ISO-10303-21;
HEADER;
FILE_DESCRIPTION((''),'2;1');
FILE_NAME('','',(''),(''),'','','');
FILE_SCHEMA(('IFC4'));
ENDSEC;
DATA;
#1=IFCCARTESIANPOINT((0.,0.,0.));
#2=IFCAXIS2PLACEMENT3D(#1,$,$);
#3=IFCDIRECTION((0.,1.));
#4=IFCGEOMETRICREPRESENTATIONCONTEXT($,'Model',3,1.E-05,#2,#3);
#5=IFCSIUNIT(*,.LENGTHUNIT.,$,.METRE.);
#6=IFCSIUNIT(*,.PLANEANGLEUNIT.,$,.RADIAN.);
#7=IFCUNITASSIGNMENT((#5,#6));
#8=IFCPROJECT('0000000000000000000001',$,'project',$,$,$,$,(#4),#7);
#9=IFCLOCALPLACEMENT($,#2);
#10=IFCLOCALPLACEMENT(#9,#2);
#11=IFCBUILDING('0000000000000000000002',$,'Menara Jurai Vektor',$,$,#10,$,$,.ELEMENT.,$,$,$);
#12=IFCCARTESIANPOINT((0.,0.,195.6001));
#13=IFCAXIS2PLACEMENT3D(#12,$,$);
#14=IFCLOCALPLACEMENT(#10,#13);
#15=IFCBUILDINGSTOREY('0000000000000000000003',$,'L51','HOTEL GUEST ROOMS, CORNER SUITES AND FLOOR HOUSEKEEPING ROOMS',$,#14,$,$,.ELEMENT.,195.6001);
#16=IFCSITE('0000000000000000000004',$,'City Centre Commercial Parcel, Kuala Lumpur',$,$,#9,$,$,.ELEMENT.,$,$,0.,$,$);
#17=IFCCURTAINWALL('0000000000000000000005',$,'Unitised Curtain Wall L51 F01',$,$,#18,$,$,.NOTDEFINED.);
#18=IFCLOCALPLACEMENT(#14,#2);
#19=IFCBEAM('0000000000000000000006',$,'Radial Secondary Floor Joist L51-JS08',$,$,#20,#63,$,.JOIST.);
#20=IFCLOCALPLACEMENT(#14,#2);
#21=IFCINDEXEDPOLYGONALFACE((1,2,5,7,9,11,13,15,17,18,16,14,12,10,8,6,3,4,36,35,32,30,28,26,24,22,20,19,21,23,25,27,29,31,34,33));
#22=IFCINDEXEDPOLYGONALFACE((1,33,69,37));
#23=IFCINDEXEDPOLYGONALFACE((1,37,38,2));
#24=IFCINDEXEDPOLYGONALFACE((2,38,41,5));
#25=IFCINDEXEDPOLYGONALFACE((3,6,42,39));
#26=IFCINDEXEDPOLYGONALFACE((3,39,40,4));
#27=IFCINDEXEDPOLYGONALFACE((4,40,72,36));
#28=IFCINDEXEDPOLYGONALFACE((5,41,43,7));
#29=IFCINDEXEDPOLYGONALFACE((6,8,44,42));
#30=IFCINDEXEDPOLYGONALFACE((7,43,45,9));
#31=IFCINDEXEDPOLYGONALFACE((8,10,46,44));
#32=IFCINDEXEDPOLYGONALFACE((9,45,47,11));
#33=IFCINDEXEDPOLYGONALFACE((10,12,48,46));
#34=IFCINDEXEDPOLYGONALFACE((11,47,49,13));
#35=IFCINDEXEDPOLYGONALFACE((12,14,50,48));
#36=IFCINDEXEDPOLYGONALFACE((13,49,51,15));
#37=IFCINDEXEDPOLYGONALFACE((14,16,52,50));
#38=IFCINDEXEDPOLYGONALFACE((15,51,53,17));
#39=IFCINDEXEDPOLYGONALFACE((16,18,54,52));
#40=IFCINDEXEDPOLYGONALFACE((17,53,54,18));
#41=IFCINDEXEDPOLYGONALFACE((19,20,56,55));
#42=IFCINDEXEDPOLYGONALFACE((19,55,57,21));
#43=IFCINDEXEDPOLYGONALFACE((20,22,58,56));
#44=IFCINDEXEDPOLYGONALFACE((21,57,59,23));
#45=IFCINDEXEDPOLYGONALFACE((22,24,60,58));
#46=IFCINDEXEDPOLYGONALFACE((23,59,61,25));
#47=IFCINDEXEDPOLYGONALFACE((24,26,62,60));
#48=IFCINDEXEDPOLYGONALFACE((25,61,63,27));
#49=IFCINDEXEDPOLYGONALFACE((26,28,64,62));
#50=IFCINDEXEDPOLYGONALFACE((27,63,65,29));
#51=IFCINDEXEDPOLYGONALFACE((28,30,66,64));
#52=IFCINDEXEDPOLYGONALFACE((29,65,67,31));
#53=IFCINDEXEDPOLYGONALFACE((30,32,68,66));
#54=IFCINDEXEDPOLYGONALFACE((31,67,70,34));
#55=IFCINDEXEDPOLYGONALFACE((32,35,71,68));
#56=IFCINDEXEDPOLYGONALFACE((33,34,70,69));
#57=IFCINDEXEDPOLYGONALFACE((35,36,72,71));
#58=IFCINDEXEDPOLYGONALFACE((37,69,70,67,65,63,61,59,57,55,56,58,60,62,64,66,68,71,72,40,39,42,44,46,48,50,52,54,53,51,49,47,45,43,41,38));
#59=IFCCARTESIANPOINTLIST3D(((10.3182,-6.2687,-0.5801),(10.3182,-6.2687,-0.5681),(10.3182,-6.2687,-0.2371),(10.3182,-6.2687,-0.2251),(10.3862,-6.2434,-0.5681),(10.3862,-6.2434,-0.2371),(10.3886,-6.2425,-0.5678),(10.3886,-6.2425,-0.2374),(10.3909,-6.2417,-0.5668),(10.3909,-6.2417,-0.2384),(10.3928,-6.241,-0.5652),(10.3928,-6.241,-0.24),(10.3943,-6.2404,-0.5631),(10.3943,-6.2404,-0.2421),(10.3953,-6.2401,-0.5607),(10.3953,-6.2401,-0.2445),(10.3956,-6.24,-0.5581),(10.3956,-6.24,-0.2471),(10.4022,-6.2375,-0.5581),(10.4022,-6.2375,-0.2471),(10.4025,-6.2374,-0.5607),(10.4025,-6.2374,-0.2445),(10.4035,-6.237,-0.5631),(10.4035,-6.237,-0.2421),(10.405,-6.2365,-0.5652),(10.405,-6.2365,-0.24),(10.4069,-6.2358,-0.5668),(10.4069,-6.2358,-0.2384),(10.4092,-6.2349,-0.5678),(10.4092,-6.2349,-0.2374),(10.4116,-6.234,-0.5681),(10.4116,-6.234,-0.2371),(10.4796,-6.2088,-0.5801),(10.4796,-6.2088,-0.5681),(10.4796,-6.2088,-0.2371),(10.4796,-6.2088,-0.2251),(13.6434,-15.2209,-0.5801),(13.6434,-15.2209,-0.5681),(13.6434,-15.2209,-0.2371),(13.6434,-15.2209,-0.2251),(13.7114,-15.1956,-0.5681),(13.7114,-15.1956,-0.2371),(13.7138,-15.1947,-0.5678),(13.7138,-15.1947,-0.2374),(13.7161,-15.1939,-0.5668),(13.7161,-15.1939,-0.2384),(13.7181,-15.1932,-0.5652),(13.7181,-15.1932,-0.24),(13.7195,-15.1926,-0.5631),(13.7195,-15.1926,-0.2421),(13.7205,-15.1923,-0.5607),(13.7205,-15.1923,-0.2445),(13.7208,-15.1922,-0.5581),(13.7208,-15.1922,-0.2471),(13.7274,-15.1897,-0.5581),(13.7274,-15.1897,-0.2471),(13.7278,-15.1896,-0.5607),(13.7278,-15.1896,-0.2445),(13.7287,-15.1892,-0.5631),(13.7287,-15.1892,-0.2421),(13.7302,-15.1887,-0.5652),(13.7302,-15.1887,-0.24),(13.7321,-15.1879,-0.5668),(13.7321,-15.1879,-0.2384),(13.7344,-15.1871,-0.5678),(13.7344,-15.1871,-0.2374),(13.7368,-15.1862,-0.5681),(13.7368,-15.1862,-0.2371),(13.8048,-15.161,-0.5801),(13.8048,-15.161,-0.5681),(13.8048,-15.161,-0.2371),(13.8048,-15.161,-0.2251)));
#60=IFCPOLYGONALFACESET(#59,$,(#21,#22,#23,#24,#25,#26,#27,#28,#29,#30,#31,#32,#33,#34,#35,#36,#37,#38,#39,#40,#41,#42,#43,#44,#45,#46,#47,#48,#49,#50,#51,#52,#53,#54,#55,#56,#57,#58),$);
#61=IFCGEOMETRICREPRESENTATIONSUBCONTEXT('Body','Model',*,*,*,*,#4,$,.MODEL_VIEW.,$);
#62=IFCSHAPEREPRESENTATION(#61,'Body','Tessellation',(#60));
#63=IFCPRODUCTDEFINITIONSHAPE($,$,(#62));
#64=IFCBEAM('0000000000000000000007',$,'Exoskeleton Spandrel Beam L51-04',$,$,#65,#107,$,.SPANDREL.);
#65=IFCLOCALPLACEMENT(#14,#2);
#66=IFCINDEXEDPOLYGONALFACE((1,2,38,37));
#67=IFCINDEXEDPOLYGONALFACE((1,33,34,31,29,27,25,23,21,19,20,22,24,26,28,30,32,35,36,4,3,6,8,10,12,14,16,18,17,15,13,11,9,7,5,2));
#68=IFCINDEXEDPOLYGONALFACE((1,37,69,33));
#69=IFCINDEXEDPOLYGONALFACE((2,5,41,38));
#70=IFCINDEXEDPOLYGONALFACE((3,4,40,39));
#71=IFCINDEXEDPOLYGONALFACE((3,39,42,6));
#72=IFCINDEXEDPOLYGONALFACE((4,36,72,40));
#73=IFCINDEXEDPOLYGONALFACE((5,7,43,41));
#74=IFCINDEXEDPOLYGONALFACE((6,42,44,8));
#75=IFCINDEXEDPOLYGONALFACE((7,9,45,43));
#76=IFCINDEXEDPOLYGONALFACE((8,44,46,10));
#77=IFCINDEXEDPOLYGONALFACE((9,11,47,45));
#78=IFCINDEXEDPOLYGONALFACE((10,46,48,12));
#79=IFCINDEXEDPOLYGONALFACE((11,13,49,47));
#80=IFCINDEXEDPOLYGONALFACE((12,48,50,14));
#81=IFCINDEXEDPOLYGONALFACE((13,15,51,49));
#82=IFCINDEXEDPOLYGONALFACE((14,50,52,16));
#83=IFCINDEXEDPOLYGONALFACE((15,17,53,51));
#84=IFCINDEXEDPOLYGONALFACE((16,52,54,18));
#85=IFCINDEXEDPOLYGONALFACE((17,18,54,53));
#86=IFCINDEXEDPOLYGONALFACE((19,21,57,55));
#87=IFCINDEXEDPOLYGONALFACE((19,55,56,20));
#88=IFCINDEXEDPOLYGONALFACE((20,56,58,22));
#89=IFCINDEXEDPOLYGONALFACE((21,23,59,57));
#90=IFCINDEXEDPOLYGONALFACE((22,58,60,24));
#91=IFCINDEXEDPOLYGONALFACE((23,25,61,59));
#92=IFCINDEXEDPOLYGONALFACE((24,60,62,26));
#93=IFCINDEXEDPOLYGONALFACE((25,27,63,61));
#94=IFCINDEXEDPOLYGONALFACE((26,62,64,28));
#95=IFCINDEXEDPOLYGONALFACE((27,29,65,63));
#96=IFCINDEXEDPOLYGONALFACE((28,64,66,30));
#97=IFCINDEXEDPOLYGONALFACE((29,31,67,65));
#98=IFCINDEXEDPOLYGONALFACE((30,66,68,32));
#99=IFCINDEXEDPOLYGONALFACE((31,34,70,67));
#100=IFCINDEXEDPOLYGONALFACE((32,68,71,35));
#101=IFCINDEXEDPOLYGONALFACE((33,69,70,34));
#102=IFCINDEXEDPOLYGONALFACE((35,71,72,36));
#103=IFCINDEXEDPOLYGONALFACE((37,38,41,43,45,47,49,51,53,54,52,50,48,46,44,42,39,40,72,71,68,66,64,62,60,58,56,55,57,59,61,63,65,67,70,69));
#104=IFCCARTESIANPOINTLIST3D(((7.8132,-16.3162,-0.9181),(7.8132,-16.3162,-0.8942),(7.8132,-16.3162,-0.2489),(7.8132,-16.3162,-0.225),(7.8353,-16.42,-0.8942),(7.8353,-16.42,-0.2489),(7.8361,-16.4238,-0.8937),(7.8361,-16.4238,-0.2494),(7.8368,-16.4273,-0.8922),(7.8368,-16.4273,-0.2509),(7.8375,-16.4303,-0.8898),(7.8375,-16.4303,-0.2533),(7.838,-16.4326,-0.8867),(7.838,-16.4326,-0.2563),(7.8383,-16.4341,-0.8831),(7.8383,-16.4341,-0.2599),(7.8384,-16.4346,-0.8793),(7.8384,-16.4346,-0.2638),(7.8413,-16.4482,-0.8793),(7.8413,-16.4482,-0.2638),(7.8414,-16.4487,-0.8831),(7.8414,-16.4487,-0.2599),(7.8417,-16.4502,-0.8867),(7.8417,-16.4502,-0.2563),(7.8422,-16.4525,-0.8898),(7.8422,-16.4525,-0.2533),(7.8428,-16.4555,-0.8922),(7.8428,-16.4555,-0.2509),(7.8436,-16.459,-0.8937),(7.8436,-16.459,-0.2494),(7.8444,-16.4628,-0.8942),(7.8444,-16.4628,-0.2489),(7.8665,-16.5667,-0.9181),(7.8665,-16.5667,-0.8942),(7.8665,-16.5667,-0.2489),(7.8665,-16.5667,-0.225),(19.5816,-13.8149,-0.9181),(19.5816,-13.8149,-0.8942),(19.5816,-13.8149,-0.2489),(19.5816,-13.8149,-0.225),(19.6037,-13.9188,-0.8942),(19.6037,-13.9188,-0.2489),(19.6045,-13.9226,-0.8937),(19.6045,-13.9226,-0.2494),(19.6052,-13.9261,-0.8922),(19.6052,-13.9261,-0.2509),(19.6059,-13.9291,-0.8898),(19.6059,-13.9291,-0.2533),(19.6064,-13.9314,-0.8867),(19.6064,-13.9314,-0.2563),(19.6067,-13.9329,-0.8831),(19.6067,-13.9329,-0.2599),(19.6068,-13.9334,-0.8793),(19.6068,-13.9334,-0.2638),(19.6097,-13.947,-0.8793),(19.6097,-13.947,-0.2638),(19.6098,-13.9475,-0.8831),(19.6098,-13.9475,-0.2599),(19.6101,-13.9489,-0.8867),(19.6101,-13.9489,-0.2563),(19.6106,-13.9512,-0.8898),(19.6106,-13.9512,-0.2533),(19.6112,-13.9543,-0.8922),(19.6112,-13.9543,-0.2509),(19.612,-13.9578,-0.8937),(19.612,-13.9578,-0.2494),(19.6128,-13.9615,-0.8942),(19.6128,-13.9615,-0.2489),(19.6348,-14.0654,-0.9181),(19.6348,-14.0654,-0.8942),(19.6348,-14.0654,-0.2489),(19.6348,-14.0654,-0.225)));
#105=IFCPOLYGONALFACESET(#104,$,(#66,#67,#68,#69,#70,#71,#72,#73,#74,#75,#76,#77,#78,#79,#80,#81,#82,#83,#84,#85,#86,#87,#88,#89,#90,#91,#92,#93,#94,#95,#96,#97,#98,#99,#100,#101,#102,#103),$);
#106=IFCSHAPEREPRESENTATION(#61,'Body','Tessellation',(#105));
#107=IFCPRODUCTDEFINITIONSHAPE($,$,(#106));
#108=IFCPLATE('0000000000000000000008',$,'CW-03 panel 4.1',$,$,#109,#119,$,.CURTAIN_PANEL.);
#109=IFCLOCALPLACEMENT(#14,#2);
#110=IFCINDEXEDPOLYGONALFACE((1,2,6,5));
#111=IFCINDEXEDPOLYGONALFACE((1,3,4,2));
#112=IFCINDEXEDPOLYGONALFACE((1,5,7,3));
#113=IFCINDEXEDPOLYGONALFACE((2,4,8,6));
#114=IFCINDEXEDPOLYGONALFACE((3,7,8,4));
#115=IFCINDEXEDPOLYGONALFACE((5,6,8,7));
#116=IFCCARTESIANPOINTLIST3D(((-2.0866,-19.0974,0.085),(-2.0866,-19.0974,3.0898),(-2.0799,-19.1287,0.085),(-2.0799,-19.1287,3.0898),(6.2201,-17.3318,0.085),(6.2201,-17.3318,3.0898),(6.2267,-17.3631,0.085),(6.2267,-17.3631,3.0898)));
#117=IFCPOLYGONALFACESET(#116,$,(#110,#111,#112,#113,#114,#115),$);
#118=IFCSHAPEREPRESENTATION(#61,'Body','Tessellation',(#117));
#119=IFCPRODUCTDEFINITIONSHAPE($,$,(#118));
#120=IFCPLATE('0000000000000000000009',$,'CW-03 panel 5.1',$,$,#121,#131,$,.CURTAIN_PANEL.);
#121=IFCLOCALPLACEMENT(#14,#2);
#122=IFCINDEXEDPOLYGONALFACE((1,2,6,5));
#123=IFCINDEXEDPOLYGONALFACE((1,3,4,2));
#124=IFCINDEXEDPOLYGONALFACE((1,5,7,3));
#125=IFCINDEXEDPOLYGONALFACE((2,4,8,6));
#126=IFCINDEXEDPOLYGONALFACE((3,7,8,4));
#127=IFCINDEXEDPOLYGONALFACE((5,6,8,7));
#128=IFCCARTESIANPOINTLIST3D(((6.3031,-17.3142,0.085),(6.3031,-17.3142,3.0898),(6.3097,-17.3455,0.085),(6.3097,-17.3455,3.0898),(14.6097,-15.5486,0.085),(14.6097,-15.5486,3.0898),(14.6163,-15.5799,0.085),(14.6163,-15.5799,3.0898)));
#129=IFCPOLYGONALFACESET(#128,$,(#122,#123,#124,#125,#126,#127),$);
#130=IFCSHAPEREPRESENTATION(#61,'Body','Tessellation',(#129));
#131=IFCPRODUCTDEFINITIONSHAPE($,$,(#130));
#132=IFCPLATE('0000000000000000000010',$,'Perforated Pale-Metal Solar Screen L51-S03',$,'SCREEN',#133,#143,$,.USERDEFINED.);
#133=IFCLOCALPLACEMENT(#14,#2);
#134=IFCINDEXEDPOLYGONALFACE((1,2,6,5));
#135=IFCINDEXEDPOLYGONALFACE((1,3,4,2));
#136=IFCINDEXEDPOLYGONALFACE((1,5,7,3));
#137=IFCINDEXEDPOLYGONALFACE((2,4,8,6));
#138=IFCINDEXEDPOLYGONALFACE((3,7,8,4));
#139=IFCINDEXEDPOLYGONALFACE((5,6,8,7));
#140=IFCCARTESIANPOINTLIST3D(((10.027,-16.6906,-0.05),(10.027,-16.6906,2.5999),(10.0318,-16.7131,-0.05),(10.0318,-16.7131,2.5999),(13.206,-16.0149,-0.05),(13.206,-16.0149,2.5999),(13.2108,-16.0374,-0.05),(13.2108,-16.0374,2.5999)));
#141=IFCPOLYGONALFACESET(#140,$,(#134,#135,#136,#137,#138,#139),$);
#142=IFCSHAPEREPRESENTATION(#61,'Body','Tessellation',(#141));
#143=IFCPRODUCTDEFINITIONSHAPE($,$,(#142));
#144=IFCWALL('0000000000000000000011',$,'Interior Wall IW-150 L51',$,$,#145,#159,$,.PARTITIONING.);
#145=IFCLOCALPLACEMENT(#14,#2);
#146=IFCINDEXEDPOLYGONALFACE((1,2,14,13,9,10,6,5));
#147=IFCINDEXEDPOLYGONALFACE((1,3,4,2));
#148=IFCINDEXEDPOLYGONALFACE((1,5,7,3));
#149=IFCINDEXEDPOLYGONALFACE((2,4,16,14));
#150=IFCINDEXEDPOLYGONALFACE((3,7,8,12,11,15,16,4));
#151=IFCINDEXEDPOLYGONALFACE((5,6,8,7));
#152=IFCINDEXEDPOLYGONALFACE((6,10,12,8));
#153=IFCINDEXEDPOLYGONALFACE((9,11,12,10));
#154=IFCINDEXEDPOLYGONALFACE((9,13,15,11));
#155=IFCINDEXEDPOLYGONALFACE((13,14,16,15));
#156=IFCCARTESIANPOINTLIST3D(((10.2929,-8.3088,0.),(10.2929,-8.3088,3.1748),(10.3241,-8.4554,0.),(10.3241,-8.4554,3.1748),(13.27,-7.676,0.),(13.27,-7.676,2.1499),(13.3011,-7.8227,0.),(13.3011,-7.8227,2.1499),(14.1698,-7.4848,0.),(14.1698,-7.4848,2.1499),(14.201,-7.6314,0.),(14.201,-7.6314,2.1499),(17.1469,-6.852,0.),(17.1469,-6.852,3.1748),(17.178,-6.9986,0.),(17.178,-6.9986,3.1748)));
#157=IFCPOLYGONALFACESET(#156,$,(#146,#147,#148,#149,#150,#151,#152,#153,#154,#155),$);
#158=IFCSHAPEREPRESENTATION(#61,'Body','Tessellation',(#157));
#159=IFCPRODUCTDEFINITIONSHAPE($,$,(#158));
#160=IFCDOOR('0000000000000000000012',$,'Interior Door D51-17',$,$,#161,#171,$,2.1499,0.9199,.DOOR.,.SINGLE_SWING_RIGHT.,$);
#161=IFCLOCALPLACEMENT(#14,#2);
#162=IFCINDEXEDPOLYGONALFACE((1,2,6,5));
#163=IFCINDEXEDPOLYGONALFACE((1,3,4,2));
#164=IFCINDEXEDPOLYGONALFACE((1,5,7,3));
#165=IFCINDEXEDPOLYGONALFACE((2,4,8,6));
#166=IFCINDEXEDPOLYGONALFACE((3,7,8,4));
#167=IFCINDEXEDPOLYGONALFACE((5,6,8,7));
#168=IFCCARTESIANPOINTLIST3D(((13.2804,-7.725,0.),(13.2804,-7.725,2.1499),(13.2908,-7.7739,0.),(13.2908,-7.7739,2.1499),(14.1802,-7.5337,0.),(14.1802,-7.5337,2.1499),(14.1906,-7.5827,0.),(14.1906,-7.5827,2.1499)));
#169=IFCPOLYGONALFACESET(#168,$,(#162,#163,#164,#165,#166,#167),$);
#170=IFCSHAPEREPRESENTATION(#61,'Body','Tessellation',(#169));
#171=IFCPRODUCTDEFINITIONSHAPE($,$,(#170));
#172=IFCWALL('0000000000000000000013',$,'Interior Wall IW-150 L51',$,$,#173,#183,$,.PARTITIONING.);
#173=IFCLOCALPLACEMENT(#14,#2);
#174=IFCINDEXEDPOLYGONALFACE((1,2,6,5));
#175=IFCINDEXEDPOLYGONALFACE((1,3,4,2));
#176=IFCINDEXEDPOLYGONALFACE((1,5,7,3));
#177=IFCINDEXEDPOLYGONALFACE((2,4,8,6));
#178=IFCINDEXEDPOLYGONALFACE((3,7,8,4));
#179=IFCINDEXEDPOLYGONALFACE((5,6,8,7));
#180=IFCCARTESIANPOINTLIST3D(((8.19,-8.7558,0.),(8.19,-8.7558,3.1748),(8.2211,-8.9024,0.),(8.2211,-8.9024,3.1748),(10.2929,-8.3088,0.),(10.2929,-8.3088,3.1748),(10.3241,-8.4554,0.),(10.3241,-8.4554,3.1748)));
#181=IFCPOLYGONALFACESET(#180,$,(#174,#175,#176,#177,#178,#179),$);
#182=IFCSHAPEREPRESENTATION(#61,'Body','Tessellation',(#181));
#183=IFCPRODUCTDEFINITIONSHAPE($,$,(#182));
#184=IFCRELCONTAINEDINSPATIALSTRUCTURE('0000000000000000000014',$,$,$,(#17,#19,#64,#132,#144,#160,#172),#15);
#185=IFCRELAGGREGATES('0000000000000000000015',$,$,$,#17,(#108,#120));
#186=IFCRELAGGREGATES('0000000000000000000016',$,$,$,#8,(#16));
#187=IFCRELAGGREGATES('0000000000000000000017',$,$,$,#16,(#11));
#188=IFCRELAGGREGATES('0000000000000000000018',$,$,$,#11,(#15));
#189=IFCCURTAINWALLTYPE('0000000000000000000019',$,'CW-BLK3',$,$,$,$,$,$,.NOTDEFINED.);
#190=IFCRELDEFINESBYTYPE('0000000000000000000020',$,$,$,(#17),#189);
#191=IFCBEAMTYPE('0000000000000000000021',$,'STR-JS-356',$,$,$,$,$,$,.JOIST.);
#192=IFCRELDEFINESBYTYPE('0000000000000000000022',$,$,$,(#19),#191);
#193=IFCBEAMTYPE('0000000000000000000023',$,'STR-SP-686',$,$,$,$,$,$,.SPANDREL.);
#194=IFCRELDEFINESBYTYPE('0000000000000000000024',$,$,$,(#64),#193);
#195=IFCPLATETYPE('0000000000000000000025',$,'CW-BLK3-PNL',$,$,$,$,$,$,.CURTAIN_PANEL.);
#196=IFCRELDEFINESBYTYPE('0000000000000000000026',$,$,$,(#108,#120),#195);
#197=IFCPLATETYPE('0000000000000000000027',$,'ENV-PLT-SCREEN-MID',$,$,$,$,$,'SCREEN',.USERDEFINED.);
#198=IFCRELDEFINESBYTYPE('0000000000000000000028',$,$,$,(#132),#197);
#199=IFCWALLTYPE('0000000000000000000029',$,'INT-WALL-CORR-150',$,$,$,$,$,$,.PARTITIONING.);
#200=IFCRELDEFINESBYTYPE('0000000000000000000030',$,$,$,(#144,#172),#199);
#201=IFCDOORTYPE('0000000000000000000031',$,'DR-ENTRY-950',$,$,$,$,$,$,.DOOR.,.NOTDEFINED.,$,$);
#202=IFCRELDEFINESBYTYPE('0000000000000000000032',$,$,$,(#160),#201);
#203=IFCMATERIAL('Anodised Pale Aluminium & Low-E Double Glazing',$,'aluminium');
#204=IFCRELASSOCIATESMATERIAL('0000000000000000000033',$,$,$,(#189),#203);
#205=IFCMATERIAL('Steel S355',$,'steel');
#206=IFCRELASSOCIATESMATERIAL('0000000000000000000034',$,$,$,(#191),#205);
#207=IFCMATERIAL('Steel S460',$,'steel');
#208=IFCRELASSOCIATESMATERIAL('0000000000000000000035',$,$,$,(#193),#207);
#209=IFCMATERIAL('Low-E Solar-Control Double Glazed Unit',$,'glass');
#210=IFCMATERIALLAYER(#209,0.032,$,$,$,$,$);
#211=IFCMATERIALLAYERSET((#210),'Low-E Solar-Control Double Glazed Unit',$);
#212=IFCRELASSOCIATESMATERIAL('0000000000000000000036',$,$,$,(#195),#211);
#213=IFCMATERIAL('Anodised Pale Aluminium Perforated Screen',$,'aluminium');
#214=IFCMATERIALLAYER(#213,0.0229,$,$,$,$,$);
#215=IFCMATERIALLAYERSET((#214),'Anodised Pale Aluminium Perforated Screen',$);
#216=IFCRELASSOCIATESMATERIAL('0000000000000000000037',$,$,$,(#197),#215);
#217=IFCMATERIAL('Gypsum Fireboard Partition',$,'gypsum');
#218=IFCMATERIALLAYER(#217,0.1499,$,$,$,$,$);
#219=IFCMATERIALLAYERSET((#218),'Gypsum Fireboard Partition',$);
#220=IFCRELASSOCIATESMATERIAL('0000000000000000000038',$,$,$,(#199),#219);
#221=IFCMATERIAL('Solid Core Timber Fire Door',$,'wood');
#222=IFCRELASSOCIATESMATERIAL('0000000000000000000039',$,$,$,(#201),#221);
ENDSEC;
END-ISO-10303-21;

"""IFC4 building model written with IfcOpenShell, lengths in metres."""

from ifc_helpers import new_model, si_unit, direction, frame, frame_2d, origin, origin_2d, place, context, subcontext, project, spatial, rectangle, i_section, extrude, material, layer, layer_set, material_profile, profile_set, type_object, element, fill, aggregate, save


model = new_model("IFC4")

# Units and contexts
model_context = context("Model", 3, precision=1e-05, world=origin(), true_north=direction((0.0, 1.0)))
body_context = subcontext(model_context, "Body", "Model", "MODEL_VIEW")
ifc_project = project(units=[si_unit("LENGTHUNIT", "METRE"), si_unit("PLANEANGLEUNIT", "RADIAN")], contexts=[model_context])

# Site, building, storey
site_placement = place(None, origin())
site = spatial("IfcSite", under=ifc_project, at=site_placement, Name="City Centre Commercial Parcel, Kuala Lumpur", CompositionType="ELEMENT", RefElevation=0.0)
building_placement = place(site_placement, origin())
building = spatial("IfcBuilding", under=site, at=building_placement, Name="Menara Jurai Vektor", CompositionType="ELEMENT")
storey_placement = place(building_placement, frame((0.0, 0.0, 195.6001)))
storey = spatial("IfcBuildingStorey", under=building, at=storey_placement, Name="L51", Description="HOTEL GUEST ROOMS, CORNER SUITES AND FLOOR HOUSEKEEPING ROOMS", CompositionType="ELEMENT", Elevation=195.6001)

# Shared definitions
ifc_material_1 = material(Name="Steel S460", Category="steel")

# Curtain wall
ifc_material_2 = material(Name="Anodised Pale Aluminium & Low-E Double Glazing", Category="aluminium")
curtain_wall_type = type_object("IfcCurtainWallType", Name="CW-BLK3", PredefinedType="NOTDEFINED", material=ifc_material_2)
curtain_wall_placement = place(storey_placement, origin())
curtain_wall = element("IfcCurtainWall", 1, at=curtain_wall_placement, inside=storey, type_object=curtain_wall_type, Name="Unitised Curtain Wall L51 F01", PredefinedType="NOTDEFINED")

# Beams
ifc_material_3 = material(Name="Steel S355", Category="steel")
ifc_material_profile_1 = material_profile(ifc_material_3, i_section(OverallWidth=0.1721, OverallDepth=0.355, WebThickness=0.0071, FlangeThickness=0.012, FilletRadius=0.01, at=origin_2d()), Name="UKB 356x171x51")
ifc_profile_set_1 = profile_set([ifc_material_profile_1], Name="Steel S355")
beam_type_1 = type_object("IfcBeamType", Name="STR-JS-356", PredefinedType="JOIST", material=ifc_profile_set_1)
beam_1_placement = place(storey_placement, frame((13.7241, -15.1909, -0.4026), z_axis=(-0.348197, 0.937421, 0.0), x_axis=(-0.937421, -0.348197, 0.0)))
element("IfcBeam", 2, at=beam_1_placement, inside=storey, type_object=beam_type_1, Name="Radial Secondary Floor Joist L51-JS08", PredefinedType="JOIST", context=body_context, shape_type="SweptSolid", body=[
    extrude(i_section(OverallWidth=0.1721, OverallDepth=0.355, WebThickness=0.0071, FlangeThickness=0.012, FilletRadius=0.01, at=origin_2d()), origin(), (0.0, 0.0, 1.0), 9.5498),
])
ifc_material_profile_2 = material_profile(ifc_material_1, i_section(OverallWidth=0.2561, OverallDepth=0.6931, WebThickness=0.0139, FlangeThickness=0.0239, FilletRadius=0.0149, at=origin_2d()), Name="UKB 686x254x170")
ifc_profile_set_2 = profile_set([ifc_material_profile_2], Name="Steel S460")
beam_type_2 = type_object("IfcBeamType", Name="STR-SP-686", PredefinedType="SPANDREL", material=ifc_profile_set_2)
beam_2_placement = place(storey_placement, frame((7.8398, -16.4414, -0.5715), z_axis=(0.978151, 0.207895, 0.0), x_axis=(-0.207895, 0.978151, 0.0)))
element("IfcBeam", 3, at=beam_2_placement, inside=storey, type_object=beam_type_2, Name="Exoskeleton Spandrel Beam L51-04", PredefinedType="SPANDREL", context=body_context, shape_type="SweptSolid", body=[
    extrude(i_section(OverallWidth=0.2561, OverallDepth=0.6931, WebThickness=0.0139, FlangeThickness=0.0239, FilletRadius=0.0149, at=origin_2d()), origin(), (0.0, 0.0, 1.0), 12.0312),
])

# Plates
ifc_material_4 = material(Name="Low-E Solar-Control Double Glazed Unit", Category="glass")
ifc_layer_1 = layer(ifc_material_4, 0.032)
ifc_layer_set_1 = layer_set([ifc_layer_1], Name="Low-E Solar-Control Double Glazed Unit")
plate_type_1 = type_object("IfcPlateType", Name="CW-BLK3-PNL", PredefinedType="CURTAIN_PANEL", material=ifc_layer_set_1)
plate_1_placement = place(storey_placement, frame((2.0701, -18.2302, 0.085), z_axis=(0.0, 0.0, 1.0), x_axis=(0.978148, 0.207911, 0.0)))
plate_1 = element("IfcPlate", 4, at=plate_1_placement, type_object=plate_type_1, Name="CW-03 panel 4.1", PredefinedType="CURTAIN_PANEL", context=body_context, shape_type="SweptSolid", body=[
    extrude(rectangle(XDim=8.4922, YDim=0.032, at=origin_2d()), origin(), (0.0, 0.0, 1.0), 3.0049),
])
plate_2_placement = place(storey_placement, frame((10.4597, -16.447, 0.085), z_axis=(0.0, 0.0, 1.0), x_axis=(0.978148, 0.207911, 0.0)))
plate_2 = element("IfcPlate", 5, at=plate_2_placement, type_object=plate_type_1, Name="CW-03 panel 5.1", PredefinedType="CURTAIN_PANEL", context=body_context, shape_type="SweptSolid", body=[
    extrude(rectangle(XDim=8.4922, YDim=0.032, at=origin_2d()), origin(), (0.0, 0.0, 1.0), 3.0049),
])
aggregate(curtain_wall, [plate_1, plate_2])
ifc_material_5 = material(Name="Anodised Pale Aluminium Perforated Screen", Category="aluminium")
ifc_layer_2 = layer(ifc_material_5, 0.0229)
ifc_layer_set_2 = layer_set([ifc_layer_2], Name="Anodised Pale Aluminium Perforated Screen")
plate_type_2 = type_object("IfcPlateType", Name="ENV-PLT-SCREEN-MID", ElementType="SCREEN", PredefinedType="USERDEFINED", material=ifc_layer_set_2)
plate_3_placement = place(storey_placement, frame((11.6189, -16.364, -0.05), z_axis=(0.0, 0.0, 1.0), x_axis=(0.978148, 0.207912, 0.0)))
element("IfcPlate", 6, at=plate_3_placement, inside=storey, type_object=plate_type_2, Name="Perforated Pale-Metal Solar Screen L51-S03", ObjectType="SCREEN", PredefinedType="USERDEFINED", context=body_context, shape_type="SweptSolid", body=[
    extrude(rectangle(XDim=3.25, YDim=0.0229, at=origin_2d()), origin(), (0.0, 0.0, 1.0), 2.6499),
])

# Wall, opening, door
ifc_material_6 = material(Name="Gypsum Fireboard Partition", Category="gypsum")
ifc_layer_3 = layer(ifc_material_6, 0.1499)
ifc_layer_set_3 = layer_set([ifc_layer_3], Name="Gypsum Fireboard Partition")
wall_type_1 = type_object("IfcWallType", Name="INT-WALL-CORR-150", PredefinedType="PARTITIONING", material=ifc_layer_set_3)
wall_1_placement = place(storey_placement, frame((10.3086, -8.3821, 0.0), z_axis=(0.0, 0.0, 1.0), x_axis=(0.97815, 0.207901, 0.0)))
wall_1 = element("IfcWall", 7, at=wall_1_placement, inside=storey, type_object=wall_type_1, Name="Interior Wall IW-150 L51", PredefinedType="PARTITIONING", context=body_context, shape_type="SweptSolid", body=[
    extrude(rectangle(XDim=7.0071, YDim=0.1499, at=frame_2d((3.5034, 0.0))), origin(), (0.0, 0.0, 1.0), 3.1748),
])
opening_1_placement = place(wall_1_placement, frame((3.0435, 0.0, 0.0)))
opening_1 = element("IfcOpeningElement", 8, at=opening_1_placement, cuts=wall_1, PredefinedType="OPENING", context=body_context, shape_type="SweptSolid", body=[
    extrude(rectangle(XDim=0.9199, YDim=2.1499, at=frame_2d((0.46, 1.075))), frame((0.0, 0.085, 0.0), z_axis=(0.0, -1.0, 0.0), x_axis=(1.0, 0.0, 0.0)), (0.0, 0.0, 1.0), 0.1699),
])
ifc_material_7 = material(Name="Solid Core Timber Fire Door", Category="wood")
door_type_1 = type_object("IfcDoorType", Name="DR-ENTRY-950", OperationType="NOTDEFINED", PredefinedType="DOOR", material=ifc_material_7)
door_1_placement = place(opening_1_placement, origin())
door_1 = element("IfcDoor", 9, at=door_1_placement, inside=storey, type_object=door_type_1, Name="Interior Door D51-17", OperationType="SINGLE_SWING_RIGHT", OverallHeight=2.1499, OverallWidth=0.9199, PredefinedType="DOOR", context=body_context, shape_type="SweptSolid", body=[
    extrude(rectangle(XDim=0.9199, YDim=2.1499, at=frame_2d((0.46, 1.075))), frame((0.0, 0.0249, 0.0), z_axis=(0.0, -1.0, 0.0), x_axis=(1.0, 0.0, 0.0)), (0.0, 0.0, 1.0), 0.05),
])
fill(opening_1, door_1)

# Wall
wall_2_placement = place(storey_placement, frame((8.2056, -8.8291, 0.0), z_axis=(0.0, 0.0, 1.0), x_axis=(0.978147, 0.207916, 0.0)))
element("IfcWall", 10, at=wall_2_placement, inside=storey, type_object=wall_type_1, Name="Interior Wall IW-150 L51", PredefinedType="PARTITIONING", context=body_context, shape_type="SweptSolid", body=[
    extrude(rectangle(XDim=2.1499, YDim=0.1499, at=frame_2d((1.075, 0.0))), origin(), (0.0, 0.0, 1.0), 3.1748),
])

save(model, "model.ifc")
